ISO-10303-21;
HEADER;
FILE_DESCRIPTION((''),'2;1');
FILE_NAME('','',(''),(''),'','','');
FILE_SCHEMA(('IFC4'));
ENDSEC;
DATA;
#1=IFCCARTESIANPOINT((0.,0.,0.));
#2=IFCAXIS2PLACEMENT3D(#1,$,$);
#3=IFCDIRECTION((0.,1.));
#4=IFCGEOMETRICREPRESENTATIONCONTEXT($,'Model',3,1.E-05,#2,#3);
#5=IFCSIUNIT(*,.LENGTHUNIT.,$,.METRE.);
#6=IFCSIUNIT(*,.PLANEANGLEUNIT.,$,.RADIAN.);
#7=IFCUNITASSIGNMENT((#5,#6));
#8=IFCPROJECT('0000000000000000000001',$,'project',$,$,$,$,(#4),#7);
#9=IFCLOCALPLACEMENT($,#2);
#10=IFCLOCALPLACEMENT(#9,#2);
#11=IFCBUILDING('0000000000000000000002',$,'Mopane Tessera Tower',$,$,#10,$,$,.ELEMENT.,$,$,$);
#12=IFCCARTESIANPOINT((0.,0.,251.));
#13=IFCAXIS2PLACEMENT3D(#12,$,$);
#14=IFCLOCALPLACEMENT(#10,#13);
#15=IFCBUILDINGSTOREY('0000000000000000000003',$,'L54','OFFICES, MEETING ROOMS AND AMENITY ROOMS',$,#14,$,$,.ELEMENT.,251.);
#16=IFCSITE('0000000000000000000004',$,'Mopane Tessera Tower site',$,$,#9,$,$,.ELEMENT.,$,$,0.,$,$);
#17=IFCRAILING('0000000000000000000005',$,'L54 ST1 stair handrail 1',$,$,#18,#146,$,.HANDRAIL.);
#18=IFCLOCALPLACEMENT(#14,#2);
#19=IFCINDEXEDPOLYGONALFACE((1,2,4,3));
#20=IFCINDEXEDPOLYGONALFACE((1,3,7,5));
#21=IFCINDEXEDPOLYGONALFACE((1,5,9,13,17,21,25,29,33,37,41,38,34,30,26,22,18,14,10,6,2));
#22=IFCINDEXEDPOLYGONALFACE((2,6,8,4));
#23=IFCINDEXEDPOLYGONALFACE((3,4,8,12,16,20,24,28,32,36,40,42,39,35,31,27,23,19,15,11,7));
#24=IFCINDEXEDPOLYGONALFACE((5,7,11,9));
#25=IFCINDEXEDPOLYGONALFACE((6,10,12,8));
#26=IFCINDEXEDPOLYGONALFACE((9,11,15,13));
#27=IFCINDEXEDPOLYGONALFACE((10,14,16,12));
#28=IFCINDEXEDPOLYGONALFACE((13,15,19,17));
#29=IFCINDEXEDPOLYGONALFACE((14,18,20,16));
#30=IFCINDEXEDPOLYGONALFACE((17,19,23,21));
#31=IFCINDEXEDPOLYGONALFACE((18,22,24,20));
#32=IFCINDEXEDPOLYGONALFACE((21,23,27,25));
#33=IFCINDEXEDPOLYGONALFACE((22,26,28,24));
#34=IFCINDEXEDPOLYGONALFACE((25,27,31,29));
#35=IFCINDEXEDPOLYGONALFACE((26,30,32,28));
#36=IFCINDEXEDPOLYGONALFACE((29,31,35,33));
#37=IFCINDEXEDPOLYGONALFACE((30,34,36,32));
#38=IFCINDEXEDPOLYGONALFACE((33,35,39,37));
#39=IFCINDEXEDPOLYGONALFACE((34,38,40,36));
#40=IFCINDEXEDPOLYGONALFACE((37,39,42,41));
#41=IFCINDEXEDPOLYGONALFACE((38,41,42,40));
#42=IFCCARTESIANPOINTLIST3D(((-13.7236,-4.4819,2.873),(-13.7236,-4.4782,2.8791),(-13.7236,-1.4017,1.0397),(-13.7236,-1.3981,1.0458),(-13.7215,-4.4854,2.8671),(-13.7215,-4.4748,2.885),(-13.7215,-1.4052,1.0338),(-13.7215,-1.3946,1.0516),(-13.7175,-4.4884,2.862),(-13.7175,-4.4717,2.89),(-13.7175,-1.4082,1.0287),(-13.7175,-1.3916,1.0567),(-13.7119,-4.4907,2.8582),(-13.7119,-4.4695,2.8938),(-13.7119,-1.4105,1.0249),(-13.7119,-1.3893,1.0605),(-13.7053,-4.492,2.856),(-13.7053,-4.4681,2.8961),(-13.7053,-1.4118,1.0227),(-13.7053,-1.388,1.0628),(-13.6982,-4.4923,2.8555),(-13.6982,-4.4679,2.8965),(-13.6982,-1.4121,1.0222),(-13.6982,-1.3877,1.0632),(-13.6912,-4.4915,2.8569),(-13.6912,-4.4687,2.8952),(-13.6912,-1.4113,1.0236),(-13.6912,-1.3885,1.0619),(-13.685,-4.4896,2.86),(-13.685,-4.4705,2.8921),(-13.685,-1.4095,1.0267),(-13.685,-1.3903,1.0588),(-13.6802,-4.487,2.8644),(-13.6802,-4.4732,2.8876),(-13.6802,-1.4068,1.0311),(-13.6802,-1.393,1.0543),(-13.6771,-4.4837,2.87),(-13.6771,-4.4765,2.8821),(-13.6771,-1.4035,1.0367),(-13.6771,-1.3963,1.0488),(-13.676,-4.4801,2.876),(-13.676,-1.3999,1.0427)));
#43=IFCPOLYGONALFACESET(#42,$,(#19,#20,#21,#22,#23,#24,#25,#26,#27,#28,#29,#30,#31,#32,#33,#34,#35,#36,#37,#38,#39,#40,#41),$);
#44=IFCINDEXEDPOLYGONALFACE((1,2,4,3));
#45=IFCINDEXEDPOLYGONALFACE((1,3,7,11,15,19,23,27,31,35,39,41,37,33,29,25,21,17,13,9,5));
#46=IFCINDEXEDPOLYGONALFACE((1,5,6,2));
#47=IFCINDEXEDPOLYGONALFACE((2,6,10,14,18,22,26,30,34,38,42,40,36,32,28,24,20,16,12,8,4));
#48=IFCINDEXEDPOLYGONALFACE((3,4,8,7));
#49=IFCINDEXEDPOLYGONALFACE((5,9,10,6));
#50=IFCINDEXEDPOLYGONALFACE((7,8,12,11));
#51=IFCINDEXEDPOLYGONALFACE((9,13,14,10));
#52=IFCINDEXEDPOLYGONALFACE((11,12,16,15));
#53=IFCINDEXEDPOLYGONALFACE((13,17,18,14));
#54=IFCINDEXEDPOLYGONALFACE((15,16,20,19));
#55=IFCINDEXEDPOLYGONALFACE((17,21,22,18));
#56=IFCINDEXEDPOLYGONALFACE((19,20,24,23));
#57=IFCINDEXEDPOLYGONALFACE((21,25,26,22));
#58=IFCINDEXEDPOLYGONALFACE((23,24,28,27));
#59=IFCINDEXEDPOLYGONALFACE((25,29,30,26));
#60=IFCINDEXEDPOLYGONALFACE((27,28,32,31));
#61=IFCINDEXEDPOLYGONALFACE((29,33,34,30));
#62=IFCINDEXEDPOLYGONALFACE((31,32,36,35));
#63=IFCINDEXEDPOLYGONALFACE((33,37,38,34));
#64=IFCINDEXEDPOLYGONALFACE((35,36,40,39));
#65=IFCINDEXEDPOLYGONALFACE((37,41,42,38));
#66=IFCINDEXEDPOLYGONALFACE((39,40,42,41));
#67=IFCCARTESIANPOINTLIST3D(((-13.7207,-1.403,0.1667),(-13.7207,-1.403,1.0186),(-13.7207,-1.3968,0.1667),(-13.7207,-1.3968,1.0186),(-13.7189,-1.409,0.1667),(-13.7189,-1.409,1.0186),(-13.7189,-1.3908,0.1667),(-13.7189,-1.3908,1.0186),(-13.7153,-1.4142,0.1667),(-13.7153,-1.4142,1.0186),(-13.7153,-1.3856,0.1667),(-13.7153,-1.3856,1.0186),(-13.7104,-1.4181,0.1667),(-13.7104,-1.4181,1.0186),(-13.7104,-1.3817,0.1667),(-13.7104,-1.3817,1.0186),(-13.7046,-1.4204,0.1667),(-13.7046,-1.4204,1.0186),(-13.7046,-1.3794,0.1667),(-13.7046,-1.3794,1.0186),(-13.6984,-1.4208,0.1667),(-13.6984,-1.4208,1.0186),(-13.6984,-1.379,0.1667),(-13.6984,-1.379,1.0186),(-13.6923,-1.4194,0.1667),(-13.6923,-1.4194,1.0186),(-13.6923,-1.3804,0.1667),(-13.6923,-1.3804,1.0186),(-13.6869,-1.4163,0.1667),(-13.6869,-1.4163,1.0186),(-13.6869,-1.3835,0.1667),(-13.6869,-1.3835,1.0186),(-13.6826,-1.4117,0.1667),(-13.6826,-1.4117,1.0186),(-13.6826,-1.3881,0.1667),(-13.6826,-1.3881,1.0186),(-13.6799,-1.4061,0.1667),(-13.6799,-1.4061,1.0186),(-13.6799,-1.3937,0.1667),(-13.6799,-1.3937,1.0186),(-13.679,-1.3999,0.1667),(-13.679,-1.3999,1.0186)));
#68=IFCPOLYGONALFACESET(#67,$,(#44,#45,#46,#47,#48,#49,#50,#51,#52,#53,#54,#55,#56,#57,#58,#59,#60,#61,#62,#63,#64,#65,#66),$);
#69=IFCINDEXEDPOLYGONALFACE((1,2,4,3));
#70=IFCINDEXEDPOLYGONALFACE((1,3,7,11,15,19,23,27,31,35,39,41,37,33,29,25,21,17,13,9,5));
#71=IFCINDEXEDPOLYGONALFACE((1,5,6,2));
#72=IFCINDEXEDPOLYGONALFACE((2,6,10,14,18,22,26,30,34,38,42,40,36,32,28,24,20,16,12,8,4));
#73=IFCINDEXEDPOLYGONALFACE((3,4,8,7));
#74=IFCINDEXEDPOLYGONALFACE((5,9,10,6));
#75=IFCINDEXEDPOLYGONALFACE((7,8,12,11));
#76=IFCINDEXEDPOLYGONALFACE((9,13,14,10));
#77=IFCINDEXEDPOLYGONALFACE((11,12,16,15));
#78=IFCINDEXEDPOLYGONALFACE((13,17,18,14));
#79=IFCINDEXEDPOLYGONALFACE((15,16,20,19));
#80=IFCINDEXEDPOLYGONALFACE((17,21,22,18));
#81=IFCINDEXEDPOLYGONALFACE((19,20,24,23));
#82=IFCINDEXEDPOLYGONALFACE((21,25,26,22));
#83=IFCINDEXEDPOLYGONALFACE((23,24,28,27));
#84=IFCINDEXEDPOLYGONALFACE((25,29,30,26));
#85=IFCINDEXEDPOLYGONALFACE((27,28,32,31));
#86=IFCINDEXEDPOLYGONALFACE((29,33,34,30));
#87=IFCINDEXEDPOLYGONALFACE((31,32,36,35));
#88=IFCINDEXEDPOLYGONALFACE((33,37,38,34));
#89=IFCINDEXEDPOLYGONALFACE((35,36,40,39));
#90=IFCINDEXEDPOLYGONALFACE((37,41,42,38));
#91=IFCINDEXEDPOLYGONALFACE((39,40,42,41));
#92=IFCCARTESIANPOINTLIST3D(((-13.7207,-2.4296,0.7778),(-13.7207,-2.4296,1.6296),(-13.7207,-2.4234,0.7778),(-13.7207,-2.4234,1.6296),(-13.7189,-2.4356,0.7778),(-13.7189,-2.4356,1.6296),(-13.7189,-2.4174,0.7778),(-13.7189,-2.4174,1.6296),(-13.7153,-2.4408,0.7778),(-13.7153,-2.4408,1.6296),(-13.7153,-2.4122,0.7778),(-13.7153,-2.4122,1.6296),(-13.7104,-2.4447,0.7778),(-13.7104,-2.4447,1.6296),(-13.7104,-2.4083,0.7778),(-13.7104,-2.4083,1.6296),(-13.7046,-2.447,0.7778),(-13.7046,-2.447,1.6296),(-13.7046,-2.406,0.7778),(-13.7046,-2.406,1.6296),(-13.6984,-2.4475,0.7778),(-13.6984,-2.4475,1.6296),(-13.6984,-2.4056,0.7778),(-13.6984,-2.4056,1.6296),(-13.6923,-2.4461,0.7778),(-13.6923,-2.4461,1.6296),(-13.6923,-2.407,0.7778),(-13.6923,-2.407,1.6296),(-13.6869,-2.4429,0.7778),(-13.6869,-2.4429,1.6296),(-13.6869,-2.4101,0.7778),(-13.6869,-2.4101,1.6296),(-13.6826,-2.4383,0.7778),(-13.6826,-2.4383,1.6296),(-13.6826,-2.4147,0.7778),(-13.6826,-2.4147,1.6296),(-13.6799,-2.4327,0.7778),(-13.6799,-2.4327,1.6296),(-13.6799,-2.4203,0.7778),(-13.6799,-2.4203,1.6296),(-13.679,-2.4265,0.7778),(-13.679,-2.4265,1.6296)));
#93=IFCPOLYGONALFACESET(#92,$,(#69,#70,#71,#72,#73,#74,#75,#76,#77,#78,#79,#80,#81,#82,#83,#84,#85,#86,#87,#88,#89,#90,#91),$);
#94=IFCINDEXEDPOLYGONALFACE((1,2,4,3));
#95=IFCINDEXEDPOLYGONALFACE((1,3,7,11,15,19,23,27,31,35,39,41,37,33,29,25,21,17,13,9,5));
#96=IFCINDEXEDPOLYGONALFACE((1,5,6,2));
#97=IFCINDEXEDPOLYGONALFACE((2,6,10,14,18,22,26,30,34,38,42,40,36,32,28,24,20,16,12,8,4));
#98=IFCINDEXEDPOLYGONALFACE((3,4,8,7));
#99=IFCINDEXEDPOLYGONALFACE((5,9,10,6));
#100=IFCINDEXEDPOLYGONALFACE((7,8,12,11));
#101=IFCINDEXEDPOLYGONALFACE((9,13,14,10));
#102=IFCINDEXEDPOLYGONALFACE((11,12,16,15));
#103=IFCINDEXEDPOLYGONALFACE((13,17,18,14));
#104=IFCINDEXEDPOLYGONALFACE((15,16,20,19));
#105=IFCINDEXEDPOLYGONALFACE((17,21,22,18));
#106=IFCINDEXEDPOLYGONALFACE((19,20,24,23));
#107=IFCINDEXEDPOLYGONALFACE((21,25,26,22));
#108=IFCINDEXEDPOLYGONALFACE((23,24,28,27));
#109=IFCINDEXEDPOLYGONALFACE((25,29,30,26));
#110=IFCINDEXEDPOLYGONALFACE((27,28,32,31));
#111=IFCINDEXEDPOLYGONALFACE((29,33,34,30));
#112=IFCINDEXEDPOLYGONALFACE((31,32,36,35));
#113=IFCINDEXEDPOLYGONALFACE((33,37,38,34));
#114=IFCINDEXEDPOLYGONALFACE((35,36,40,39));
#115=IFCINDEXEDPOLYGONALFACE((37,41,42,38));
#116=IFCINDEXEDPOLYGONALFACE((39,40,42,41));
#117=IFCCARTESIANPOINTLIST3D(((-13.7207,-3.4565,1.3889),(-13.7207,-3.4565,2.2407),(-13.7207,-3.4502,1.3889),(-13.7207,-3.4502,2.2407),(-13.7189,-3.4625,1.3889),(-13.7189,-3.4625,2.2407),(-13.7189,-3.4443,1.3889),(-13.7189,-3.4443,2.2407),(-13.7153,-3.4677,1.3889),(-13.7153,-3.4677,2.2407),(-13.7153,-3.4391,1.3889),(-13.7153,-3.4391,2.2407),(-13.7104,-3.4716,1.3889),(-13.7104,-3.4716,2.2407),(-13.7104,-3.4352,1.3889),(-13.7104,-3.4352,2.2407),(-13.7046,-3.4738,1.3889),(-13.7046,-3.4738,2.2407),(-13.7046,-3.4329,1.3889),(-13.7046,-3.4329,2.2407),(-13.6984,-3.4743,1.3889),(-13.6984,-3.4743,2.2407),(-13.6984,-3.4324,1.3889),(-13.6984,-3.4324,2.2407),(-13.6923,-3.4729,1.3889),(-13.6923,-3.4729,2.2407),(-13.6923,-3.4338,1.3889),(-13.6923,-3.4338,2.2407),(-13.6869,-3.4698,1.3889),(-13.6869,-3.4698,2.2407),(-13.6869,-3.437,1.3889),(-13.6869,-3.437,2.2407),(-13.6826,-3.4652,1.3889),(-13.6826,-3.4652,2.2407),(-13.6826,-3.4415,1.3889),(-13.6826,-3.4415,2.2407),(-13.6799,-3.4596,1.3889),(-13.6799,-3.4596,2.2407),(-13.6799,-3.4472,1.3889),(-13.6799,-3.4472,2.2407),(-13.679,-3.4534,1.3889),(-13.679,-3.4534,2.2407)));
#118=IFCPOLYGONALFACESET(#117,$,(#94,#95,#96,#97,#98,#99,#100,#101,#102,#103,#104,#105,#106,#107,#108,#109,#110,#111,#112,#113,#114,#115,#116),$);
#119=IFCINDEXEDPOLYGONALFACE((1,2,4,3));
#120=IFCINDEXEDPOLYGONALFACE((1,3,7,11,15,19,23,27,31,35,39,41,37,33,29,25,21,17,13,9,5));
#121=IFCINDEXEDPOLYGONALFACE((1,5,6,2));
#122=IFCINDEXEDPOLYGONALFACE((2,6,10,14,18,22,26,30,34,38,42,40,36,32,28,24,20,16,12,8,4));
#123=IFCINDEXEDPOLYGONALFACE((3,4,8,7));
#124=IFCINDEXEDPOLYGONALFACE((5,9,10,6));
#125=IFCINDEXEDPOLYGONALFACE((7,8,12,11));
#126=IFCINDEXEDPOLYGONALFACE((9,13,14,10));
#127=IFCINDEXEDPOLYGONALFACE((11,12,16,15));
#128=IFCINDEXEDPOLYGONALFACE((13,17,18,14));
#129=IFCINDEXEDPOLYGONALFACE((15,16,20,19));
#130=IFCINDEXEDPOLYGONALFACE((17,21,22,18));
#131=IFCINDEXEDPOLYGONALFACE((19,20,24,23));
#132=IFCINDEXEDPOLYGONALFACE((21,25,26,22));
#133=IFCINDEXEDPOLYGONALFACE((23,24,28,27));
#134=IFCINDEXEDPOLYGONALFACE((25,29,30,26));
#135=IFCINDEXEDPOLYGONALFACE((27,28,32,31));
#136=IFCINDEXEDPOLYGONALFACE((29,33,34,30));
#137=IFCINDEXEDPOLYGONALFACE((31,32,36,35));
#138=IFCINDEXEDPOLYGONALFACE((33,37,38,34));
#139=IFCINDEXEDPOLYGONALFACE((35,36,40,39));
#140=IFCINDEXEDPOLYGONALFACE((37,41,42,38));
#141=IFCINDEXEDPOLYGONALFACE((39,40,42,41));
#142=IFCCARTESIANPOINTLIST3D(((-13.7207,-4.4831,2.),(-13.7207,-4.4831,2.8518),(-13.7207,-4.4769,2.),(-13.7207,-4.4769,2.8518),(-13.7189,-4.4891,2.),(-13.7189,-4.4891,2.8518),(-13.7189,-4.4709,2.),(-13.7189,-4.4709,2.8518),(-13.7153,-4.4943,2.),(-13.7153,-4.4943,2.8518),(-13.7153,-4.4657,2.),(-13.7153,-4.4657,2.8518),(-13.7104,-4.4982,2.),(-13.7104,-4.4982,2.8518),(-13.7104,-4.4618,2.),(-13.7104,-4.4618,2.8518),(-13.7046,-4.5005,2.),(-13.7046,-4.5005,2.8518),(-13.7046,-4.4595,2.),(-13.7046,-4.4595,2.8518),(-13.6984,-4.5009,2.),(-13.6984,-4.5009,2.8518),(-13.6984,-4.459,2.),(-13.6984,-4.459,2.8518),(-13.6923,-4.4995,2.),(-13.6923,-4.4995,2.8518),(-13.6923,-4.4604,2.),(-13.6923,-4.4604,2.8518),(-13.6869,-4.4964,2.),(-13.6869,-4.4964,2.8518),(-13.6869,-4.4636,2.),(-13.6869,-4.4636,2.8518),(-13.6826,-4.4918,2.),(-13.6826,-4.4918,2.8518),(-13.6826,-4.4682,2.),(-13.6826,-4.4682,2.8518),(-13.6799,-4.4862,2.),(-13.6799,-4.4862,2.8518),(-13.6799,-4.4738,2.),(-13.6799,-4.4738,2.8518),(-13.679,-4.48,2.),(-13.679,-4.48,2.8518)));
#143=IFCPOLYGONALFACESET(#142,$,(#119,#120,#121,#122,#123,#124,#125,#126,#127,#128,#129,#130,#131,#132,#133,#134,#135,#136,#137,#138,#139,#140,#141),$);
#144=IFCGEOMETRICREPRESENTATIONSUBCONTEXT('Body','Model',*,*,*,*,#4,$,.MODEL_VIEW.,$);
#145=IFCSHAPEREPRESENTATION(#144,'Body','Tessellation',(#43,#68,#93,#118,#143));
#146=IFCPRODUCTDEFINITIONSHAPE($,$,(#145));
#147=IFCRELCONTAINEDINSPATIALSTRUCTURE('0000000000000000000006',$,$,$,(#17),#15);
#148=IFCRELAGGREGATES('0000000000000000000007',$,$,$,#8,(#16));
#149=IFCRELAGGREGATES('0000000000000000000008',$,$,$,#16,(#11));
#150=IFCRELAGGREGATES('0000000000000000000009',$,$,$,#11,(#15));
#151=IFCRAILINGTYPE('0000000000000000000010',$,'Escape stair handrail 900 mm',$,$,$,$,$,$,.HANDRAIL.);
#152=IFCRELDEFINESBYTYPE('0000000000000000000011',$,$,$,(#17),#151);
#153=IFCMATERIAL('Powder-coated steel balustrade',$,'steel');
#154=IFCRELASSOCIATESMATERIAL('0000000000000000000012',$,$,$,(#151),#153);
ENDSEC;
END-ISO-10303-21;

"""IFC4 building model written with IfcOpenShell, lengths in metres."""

from ifc_helpers import new_model, si_unit, direction, frame, origin, origin_2d, place, context, subcontext, project, spatial, circle, extrude, material, type_object, element, save


model = new_model("IFC4")

# Units and contexts
model_context = context("Model", 3, precision=1e-05, world=origin(), true_north=direction((0.0, 1.0)))
body_context = subcontext(model_context, "Body", "Model", "MODEL_VIEW")
ifc_project = project(units=[si_unit("LENGTHUNIT", "METRE"), si_unit("PLANEANGLEUNIT", "RADIAN")], contexts=[model_context])

# Site, building, storey
site_placement = place(None, origin())
site = spatial("IfcSite", under=ifc_project, at=site_placement, Name="Mopane Tessera Tower site", CompositionType="ELEMENT", RefElevation=0.0)
building_placement = place(site_placement, origin())
building = spatial("IfcBuilding", under=site, at=building_placement, Name="Mopane Tessera Tower", CompositionType="ELEMENT")
storey_placement = place(building_placement, frame((0.0, 0.0, 251.0)))
storey = spatial("IfcBuildingStorey", under=building, at=storey_placement, Name="L54", Description="OFFICES, MEETING ROOMS AND AMENITY ROOMS", CompositionType="ELEMENT", Elevation=251.0)

# Railing
ifc_material_1 = material(Name="Powder-coated steel balustrade", Category="steel")
railing_type = type_object("IfcRailingType", Name="Escape stair handrail 900 mm", PredefinedType="HANDRAIL", material=ifc_material_1)
railing_placement = place(storey_placement, frame((-13.7, -1.3999, 0.1667)))
element("IfcRailing", 1, at=railing_placement, inside=storey, type_object=railing_type, Name="L54 ST1 stair handrail 1", PredefinedType="HANDRAIL", context=body_context, shape_type="SweptSolid", body=[
    extrude(circle(Radius=0.0239, at=origin_2d()), frame((0.0, 0.0, 0.876), z_axis=(0.0, -0.859309, 0.511458), x_axis=(1.0, 0.0, 0.0)), (0.0, 0.0, 1.0), 3.5845),
    extrude(circle(Radius=0.021, at=origin_2d()), origin(), (0.0, 0.0, 1.0), 0.8518),
    extrude(circle(Radius=0.021, at=origin_2d()), frame((0.0, -1.0266, 0.6111)), (0.0, 0.0, 1.0), 0.8518),
    extrude(circle(Radius=0.021, at=origin_2d()), frame((0.0, -2.0535, 1.2222)), (0.0, 0.0, 1.0), 0.8518),
    extrude(circle(Radius=0.021, at=origin_2d()), frame((0.0, -3.0801, 1.8333)), (0.0, 0.0, 1.0), 0.8518),
])

save(model, "model.ifc")
